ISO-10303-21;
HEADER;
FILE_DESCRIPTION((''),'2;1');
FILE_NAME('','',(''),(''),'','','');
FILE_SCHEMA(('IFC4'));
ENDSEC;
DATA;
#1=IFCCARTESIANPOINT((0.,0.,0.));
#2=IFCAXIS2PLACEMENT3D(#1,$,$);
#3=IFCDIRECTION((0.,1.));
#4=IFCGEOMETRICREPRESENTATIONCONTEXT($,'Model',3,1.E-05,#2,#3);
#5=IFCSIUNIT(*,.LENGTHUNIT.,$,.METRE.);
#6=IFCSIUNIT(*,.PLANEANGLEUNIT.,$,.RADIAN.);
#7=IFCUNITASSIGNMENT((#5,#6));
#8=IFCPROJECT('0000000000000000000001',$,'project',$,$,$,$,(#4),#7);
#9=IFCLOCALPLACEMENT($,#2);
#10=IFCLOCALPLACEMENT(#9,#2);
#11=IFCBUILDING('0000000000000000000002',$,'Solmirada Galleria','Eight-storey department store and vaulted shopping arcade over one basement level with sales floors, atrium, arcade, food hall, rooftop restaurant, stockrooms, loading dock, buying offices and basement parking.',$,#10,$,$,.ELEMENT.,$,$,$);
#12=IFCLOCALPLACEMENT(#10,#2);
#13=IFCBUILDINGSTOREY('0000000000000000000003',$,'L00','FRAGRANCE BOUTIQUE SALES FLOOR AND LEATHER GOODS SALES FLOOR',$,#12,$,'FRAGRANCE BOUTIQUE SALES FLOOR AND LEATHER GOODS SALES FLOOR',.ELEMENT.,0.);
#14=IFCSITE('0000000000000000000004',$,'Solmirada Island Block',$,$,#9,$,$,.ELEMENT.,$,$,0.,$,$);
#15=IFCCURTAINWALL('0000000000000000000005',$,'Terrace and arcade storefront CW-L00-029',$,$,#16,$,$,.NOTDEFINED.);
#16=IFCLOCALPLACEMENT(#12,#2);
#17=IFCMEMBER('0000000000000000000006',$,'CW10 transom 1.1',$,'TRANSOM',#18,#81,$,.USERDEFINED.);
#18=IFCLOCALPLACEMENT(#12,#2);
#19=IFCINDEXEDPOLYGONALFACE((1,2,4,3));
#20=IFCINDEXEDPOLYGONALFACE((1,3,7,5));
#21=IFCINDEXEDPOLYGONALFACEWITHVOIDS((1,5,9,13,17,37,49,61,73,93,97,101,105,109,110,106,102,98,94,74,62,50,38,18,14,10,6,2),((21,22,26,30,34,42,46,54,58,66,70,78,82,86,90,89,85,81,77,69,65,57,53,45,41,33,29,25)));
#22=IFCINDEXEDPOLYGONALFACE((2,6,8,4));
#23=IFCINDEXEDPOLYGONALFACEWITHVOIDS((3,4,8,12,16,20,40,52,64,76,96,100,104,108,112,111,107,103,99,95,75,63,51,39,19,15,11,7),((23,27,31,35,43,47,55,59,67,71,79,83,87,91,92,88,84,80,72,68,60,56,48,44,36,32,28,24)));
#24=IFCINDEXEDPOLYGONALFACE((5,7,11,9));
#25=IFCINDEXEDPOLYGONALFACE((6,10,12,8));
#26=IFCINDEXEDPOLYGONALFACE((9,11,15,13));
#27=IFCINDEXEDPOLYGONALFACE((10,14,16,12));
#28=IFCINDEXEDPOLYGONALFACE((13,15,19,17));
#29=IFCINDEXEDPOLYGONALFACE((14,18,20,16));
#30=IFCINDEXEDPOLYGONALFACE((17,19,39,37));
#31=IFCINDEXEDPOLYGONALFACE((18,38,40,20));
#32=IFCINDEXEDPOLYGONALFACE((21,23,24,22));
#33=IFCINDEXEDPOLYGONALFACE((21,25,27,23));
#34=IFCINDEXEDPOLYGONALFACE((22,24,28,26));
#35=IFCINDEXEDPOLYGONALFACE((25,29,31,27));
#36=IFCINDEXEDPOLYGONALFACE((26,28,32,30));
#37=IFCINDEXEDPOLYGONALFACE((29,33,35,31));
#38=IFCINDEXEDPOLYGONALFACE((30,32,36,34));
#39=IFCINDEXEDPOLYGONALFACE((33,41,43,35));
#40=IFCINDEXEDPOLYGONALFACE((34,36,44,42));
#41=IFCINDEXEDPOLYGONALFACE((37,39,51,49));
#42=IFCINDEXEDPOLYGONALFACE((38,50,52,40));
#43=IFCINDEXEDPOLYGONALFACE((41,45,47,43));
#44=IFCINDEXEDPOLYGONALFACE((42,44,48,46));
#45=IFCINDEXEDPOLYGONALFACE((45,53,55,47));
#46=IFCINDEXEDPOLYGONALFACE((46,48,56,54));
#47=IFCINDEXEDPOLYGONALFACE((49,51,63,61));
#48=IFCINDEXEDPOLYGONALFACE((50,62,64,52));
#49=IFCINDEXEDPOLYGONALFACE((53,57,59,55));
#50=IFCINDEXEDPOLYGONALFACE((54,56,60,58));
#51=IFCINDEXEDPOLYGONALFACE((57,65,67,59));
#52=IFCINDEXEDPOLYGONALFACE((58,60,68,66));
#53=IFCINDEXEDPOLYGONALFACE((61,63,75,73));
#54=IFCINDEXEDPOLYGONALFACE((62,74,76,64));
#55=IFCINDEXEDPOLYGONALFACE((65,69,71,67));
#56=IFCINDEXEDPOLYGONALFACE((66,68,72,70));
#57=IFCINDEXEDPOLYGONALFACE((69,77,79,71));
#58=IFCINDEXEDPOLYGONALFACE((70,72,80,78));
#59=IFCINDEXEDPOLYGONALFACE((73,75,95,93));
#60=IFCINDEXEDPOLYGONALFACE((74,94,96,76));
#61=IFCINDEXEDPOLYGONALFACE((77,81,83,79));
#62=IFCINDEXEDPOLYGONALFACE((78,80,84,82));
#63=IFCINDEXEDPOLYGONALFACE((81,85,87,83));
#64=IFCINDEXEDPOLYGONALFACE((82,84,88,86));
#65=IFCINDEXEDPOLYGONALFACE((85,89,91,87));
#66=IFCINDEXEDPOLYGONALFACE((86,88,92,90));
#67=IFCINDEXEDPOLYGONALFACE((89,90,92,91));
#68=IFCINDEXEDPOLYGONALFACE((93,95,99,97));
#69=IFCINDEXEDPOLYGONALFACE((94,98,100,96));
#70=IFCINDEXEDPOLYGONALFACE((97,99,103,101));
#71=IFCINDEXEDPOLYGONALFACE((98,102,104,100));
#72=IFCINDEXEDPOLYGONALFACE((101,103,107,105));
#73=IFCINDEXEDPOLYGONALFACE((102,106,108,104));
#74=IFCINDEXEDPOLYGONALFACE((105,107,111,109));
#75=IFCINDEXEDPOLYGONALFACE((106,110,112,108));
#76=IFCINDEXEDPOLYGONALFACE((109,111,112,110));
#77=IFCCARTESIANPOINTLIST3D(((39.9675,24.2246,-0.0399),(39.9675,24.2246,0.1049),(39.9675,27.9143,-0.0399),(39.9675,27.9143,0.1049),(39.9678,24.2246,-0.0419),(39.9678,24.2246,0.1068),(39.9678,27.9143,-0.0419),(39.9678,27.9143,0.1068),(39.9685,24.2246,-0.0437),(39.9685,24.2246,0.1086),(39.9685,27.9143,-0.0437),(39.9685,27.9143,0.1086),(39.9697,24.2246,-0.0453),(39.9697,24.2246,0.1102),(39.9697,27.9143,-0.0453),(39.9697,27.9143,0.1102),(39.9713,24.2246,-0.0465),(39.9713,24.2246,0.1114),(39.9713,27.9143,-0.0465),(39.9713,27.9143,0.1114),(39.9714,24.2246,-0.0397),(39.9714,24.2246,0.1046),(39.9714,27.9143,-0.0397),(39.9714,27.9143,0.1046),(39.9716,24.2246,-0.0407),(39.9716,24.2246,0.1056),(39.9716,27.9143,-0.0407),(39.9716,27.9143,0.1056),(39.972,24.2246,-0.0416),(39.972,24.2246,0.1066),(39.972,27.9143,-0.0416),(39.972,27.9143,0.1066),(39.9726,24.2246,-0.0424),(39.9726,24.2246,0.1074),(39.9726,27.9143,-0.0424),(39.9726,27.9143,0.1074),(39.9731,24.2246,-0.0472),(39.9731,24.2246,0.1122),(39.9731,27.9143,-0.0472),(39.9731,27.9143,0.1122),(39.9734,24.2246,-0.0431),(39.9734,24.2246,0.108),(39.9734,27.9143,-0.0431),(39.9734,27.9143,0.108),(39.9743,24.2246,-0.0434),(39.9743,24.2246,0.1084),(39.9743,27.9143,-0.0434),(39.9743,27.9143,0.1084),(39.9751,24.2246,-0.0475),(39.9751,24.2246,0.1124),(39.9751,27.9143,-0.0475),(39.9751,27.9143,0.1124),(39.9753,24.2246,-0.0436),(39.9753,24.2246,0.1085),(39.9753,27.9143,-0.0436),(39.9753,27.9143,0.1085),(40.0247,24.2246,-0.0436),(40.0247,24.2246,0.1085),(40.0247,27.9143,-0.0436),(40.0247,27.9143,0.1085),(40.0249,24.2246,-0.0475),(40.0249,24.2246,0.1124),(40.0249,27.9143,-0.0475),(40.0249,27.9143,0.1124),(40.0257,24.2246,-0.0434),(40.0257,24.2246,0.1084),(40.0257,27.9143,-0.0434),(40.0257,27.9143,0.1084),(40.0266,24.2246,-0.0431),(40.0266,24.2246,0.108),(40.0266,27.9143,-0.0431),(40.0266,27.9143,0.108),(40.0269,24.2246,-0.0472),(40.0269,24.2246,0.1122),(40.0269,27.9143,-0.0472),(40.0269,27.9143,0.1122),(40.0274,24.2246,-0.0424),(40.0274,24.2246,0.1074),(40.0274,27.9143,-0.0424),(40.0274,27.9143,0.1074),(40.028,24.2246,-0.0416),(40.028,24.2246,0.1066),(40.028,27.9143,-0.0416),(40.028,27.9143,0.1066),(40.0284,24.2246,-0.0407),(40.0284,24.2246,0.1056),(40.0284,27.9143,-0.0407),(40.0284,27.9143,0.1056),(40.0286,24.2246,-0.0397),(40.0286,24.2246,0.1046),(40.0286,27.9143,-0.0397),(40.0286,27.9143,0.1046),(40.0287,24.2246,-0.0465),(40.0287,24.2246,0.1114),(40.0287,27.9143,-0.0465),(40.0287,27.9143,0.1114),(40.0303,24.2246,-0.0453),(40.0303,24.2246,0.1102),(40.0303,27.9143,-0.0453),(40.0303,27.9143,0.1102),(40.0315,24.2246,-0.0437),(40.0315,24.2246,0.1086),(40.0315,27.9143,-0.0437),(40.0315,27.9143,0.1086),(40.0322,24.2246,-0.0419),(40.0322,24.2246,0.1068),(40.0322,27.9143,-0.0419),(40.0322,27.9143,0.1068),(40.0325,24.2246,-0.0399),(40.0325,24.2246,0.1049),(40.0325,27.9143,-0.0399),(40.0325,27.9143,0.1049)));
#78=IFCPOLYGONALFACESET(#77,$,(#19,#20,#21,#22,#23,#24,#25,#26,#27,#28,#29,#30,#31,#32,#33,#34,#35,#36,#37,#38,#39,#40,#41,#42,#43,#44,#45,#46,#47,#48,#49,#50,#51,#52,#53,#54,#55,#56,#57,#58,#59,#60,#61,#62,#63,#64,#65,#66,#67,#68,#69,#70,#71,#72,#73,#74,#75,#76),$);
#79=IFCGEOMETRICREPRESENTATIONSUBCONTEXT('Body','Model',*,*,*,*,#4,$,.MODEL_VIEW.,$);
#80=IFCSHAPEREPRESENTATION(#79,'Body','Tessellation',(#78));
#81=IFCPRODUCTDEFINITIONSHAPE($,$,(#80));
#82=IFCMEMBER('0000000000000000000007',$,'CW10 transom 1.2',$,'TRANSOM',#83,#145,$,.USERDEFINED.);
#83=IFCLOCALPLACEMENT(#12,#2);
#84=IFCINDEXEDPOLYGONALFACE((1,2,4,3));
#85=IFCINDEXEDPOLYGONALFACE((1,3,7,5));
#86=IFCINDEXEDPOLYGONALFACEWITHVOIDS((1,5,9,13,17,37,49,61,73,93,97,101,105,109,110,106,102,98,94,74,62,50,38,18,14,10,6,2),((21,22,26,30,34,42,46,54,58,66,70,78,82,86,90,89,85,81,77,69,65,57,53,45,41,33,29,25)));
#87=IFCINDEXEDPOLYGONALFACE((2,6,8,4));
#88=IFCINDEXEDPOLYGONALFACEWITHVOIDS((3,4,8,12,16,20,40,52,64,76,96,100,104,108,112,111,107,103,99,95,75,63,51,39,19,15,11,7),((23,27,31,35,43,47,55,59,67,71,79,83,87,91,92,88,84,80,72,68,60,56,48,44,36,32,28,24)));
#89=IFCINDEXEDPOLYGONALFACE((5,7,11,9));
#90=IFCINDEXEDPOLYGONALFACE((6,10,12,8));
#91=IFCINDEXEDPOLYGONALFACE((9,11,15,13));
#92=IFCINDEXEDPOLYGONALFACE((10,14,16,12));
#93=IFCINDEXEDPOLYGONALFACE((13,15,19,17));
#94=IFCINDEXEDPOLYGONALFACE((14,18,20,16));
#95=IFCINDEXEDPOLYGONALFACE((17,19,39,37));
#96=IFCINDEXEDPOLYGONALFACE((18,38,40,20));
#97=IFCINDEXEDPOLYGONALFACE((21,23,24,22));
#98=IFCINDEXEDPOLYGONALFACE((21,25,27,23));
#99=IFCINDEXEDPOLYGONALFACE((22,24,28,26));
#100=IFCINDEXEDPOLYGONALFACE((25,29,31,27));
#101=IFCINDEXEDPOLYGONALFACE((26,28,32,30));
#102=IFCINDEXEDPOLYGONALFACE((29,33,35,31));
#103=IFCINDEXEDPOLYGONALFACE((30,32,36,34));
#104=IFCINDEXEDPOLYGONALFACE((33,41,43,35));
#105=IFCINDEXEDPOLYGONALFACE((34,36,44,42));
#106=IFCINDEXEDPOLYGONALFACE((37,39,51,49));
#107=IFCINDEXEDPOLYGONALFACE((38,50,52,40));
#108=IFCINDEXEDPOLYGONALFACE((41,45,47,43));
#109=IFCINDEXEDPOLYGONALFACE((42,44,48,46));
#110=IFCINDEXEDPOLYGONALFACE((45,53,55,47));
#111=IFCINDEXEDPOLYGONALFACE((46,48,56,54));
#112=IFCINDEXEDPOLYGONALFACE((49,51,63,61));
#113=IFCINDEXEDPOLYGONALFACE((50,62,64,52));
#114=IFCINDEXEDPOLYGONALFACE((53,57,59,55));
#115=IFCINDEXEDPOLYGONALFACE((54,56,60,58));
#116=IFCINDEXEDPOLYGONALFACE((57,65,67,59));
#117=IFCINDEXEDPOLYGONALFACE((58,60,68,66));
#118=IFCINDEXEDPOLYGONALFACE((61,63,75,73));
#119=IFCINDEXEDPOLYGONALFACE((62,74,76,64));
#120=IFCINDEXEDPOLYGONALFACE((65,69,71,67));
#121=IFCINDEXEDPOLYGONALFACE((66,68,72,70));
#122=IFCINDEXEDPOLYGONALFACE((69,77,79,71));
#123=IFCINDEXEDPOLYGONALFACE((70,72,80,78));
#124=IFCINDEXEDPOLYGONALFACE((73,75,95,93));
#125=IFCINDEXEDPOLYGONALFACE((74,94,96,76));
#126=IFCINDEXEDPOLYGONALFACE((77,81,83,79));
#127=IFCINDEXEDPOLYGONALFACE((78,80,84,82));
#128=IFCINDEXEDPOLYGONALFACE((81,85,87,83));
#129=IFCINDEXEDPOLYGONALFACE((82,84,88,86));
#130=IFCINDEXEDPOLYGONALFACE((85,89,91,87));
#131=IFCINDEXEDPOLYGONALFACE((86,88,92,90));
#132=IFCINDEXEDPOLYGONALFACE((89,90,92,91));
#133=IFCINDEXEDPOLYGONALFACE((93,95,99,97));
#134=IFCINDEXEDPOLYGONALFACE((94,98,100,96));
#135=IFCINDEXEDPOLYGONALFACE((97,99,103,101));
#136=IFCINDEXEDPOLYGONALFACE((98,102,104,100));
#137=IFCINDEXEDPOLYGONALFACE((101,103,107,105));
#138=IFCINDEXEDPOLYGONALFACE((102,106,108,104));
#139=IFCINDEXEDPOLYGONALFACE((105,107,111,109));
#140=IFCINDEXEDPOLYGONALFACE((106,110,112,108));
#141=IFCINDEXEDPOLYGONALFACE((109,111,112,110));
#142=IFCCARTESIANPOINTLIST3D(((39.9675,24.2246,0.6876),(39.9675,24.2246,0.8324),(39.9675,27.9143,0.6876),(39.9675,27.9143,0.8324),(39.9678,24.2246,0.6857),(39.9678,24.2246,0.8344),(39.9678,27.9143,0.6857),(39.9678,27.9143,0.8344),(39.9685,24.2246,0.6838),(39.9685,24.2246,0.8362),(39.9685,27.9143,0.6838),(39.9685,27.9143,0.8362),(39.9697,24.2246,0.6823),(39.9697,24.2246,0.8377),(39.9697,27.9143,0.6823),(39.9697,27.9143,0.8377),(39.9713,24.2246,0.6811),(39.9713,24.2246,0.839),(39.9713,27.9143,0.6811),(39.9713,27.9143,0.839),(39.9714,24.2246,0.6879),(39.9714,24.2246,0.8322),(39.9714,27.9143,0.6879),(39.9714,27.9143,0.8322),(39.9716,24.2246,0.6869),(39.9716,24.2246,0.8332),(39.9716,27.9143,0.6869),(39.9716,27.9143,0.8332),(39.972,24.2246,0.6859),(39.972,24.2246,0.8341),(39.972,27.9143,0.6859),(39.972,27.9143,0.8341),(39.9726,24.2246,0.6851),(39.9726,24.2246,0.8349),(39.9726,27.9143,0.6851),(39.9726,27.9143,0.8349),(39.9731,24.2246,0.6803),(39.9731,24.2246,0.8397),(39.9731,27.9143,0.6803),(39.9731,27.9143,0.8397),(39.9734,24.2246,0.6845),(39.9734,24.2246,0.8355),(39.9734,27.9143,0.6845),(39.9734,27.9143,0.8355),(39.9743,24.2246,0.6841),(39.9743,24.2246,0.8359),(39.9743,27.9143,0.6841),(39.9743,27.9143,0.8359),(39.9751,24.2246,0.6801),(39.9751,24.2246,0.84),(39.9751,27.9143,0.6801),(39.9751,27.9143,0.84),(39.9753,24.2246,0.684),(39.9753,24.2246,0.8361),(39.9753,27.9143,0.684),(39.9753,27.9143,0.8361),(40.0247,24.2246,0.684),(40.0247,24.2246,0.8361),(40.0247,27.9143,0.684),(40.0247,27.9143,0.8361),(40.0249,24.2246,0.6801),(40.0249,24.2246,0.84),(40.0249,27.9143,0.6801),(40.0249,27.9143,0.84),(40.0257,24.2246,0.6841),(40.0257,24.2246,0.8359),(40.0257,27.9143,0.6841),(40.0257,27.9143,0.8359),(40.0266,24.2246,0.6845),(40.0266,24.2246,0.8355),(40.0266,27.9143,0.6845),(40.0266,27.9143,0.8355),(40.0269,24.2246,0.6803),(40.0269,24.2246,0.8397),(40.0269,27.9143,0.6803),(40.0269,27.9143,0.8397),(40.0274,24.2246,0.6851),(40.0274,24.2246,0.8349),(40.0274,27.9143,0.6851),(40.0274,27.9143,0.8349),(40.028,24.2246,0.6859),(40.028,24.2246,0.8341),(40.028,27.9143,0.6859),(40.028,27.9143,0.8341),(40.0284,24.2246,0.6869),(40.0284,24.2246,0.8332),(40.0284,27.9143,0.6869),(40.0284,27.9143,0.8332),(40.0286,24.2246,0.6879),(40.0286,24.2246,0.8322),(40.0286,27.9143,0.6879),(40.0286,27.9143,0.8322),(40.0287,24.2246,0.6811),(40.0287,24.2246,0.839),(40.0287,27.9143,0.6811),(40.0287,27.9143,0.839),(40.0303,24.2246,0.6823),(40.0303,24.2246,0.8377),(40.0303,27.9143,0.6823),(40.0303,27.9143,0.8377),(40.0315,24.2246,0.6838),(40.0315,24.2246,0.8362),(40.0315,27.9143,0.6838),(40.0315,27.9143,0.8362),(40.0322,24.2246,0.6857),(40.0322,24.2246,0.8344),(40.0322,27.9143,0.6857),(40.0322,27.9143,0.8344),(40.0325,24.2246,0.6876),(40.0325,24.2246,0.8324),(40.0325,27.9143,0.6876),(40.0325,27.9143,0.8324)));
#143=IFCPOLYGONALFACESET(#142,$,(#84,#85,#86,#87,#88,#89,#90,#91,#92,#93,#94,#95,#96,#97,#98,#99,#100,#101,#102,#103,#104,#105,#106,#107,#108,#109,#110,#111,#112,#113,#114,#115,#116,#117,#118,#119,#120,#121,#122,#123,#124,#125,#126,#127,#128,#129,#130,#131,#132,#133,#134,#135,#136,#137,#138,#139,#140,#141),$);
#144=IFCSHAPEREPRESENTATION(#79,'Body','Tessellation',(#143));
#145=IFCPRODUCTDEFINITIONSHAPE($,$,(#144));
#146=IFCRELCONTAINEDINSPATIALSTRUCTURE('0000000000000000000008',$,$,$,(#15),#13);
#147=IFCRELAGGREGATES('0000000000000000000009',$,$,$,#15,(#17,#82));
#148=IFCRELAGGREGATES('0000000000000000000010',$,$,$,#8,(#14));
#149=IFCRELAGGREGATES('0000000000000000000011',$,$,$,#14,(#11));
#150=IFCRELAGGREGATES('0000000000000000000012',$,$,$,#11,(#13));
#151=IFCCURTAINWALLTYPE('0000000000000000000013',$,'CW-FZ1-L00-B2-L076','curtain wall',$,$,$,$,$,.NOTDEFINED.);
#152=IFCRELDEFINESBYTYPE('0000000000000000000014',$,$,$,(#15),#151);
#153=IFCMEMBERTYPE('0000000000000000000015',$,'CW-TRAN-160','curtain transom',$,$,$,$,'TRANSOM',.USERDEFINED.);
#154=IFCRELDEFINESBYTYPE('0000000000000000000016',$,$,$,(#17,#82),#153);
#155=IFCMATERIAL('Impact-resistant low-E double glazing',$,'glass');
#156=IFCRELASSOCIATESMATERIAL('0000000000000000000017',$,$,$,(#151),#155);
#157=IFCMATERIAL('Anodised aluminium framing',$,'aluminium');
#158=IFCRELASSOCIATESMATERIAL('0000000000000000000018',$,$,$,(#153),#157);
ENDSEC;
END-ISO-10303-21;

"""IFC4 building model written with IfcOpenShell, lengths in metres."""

from ifc_helpers import new_model, si_unit, direction, frame, origin, origin_2d, place, context, subcontext, project, spatial, hollow_rectangle, extrude, material, material_profile, profile_set, type_object, element, aggregate, save


model = new_model("IFC4")

# Units and contexts
model_context = context("Model", 3, precision=1e-05, world=origin(), true_north=direction((0.0, 1.0)))
body_context = subcontext(model_context, "Body", "Model", "MODEL_VIEW")
ifc_project = project(units=[si_unit("LENGTHUNIT", "METRE"), si_unit("PLANEANGLEUNIT", "RADIAN")], contexts=[model_context])

# Site, building, storey
site_placement = place(None, origin())
site = spatial("IfcSite", under=ifc_project, at=site_placement, Name="Solmirada Island Block", CompositionType="ELEMENT", RefElevation=0.0)
building_placement = place(site_placement, origin())
building = spatial("IfcBuilding", under=site, at=building_placement, Name="Solmirada Galleria", Description="Eight-storey department store and vaulted shopping arcade over one basement level with sales floors, atrium, arcade, food hall, rooftop restaurant, stockrooms, loading dock, buying offices and basement parking.", CompositionType="ELEMENT")
storey_placement = place(building_placement, origin())
storey = spatial("IfcBuildingStorey", under=building, at=storey_placement, Name="L00", Description="FRAGRANCE BOUTIQUE SALES FLOOR AND LEATHER GOODS SALES FLOOR", LongName="FRAGRANCE BOUTIQUE SALES FLOOR AND LEATHER GOODS SALES FLOOR", CompositionType="ELEMENT", Elevation=0.0)

# Curtain wall, members
ifc_material_1 = material(Name="Impact-resistant low-E double glazing", Category="glass")
curtain_wall_type = type_object("IfcCurtainWallType", Name="CW-FZ1-L00-B2-L076", Description="curtain wall", PredefinedType="NOTDEFINED", material=ifc_material_1)
curtain_wall_placement = place(storey_placement, origin())
curtain_wall = element("IfcCurtainWall", 1, at=curtain_wall_placement, inside=storey, type_object=curtain_wall_type, Name="Terrace and arcade storefront CW-L00-029", PredefinedType="NOTDEFINED")
ifc_material_2 = material(Name="Anodised aluminium framing", Category="aluminium")
ifc_material_profile_1 = material_profile(ifc_material_2, hollow_rectangle(XDim=0.0649, YDim=0.1599, WallThickness=0.0039, InnerFilletRadius=0.0039, OuterFilletRadius=0.0076, at=origin_2d()), Name="ALU-TRAN-160X65")
ifc_profile_set_1 = profile_set([ifc_material_profile_1], Name="Anodised aluminium framing")
member_type_1 = type_object("IfcMemberType", Name="CW-TRAN-160", Description="curtain transom", ElementType="TRANSOM", PredefinedType="USERDEFINED", material=ifc_profile_set_1)
member_1_placement = place(storey_placement, frame((40.0, 24.2246, 0.0325), z_axis=(0.0, 1.0, 0.0), x_axis=(-1.0, 0.0, 0.0)))
member_1 = element("IfcMember", 2, at=member_1_placement, type_object=member_type_1, Name="CW10 transom 1.1", ObjectType="TRANSOM", PredefinedType="USERDEFINED", context=body_context, shape_type="SweptSolid", body=[
    extrude(hollow_rectangle(XDim=0.0649, YDim=0.1599, WallThickness=0.0039, InnerFilletRadius=0.0039, OuterFilletRadius=0.0076, at=origin_2d()), origin(), (0.0, 0.0, 1.0), 3.6897),
])
member_2_placement = place(storey_placement, frame((40.0, 24.2246, 0.76), z_axis=(0.0, 1.0, 0.0), x_axis=(-1.0, 0.0, 0.0)))
member_2 = element("IfcMember", 3, at=member_2_placement, type_object=member_type_1, Name="CW10 transom 1.2", ObjectType="TRANSOM", PredefinedType="USERDEFINED", context=body_context, shape_type="SweptSolid", body=[
    extrude(hollow_rectangle(XDim=0.0649, YDim=0.1599, WallThickness=0.0039, InnerFilletRadius=0.0039, OuterFilletRadius=0.0076, at=origin_2d()), origin(), (0.0, 0.0, 1.0), 3.6897),
])
aggregate(curtain_wall, [member_1, member_2])

save(model, "model.ifc")
